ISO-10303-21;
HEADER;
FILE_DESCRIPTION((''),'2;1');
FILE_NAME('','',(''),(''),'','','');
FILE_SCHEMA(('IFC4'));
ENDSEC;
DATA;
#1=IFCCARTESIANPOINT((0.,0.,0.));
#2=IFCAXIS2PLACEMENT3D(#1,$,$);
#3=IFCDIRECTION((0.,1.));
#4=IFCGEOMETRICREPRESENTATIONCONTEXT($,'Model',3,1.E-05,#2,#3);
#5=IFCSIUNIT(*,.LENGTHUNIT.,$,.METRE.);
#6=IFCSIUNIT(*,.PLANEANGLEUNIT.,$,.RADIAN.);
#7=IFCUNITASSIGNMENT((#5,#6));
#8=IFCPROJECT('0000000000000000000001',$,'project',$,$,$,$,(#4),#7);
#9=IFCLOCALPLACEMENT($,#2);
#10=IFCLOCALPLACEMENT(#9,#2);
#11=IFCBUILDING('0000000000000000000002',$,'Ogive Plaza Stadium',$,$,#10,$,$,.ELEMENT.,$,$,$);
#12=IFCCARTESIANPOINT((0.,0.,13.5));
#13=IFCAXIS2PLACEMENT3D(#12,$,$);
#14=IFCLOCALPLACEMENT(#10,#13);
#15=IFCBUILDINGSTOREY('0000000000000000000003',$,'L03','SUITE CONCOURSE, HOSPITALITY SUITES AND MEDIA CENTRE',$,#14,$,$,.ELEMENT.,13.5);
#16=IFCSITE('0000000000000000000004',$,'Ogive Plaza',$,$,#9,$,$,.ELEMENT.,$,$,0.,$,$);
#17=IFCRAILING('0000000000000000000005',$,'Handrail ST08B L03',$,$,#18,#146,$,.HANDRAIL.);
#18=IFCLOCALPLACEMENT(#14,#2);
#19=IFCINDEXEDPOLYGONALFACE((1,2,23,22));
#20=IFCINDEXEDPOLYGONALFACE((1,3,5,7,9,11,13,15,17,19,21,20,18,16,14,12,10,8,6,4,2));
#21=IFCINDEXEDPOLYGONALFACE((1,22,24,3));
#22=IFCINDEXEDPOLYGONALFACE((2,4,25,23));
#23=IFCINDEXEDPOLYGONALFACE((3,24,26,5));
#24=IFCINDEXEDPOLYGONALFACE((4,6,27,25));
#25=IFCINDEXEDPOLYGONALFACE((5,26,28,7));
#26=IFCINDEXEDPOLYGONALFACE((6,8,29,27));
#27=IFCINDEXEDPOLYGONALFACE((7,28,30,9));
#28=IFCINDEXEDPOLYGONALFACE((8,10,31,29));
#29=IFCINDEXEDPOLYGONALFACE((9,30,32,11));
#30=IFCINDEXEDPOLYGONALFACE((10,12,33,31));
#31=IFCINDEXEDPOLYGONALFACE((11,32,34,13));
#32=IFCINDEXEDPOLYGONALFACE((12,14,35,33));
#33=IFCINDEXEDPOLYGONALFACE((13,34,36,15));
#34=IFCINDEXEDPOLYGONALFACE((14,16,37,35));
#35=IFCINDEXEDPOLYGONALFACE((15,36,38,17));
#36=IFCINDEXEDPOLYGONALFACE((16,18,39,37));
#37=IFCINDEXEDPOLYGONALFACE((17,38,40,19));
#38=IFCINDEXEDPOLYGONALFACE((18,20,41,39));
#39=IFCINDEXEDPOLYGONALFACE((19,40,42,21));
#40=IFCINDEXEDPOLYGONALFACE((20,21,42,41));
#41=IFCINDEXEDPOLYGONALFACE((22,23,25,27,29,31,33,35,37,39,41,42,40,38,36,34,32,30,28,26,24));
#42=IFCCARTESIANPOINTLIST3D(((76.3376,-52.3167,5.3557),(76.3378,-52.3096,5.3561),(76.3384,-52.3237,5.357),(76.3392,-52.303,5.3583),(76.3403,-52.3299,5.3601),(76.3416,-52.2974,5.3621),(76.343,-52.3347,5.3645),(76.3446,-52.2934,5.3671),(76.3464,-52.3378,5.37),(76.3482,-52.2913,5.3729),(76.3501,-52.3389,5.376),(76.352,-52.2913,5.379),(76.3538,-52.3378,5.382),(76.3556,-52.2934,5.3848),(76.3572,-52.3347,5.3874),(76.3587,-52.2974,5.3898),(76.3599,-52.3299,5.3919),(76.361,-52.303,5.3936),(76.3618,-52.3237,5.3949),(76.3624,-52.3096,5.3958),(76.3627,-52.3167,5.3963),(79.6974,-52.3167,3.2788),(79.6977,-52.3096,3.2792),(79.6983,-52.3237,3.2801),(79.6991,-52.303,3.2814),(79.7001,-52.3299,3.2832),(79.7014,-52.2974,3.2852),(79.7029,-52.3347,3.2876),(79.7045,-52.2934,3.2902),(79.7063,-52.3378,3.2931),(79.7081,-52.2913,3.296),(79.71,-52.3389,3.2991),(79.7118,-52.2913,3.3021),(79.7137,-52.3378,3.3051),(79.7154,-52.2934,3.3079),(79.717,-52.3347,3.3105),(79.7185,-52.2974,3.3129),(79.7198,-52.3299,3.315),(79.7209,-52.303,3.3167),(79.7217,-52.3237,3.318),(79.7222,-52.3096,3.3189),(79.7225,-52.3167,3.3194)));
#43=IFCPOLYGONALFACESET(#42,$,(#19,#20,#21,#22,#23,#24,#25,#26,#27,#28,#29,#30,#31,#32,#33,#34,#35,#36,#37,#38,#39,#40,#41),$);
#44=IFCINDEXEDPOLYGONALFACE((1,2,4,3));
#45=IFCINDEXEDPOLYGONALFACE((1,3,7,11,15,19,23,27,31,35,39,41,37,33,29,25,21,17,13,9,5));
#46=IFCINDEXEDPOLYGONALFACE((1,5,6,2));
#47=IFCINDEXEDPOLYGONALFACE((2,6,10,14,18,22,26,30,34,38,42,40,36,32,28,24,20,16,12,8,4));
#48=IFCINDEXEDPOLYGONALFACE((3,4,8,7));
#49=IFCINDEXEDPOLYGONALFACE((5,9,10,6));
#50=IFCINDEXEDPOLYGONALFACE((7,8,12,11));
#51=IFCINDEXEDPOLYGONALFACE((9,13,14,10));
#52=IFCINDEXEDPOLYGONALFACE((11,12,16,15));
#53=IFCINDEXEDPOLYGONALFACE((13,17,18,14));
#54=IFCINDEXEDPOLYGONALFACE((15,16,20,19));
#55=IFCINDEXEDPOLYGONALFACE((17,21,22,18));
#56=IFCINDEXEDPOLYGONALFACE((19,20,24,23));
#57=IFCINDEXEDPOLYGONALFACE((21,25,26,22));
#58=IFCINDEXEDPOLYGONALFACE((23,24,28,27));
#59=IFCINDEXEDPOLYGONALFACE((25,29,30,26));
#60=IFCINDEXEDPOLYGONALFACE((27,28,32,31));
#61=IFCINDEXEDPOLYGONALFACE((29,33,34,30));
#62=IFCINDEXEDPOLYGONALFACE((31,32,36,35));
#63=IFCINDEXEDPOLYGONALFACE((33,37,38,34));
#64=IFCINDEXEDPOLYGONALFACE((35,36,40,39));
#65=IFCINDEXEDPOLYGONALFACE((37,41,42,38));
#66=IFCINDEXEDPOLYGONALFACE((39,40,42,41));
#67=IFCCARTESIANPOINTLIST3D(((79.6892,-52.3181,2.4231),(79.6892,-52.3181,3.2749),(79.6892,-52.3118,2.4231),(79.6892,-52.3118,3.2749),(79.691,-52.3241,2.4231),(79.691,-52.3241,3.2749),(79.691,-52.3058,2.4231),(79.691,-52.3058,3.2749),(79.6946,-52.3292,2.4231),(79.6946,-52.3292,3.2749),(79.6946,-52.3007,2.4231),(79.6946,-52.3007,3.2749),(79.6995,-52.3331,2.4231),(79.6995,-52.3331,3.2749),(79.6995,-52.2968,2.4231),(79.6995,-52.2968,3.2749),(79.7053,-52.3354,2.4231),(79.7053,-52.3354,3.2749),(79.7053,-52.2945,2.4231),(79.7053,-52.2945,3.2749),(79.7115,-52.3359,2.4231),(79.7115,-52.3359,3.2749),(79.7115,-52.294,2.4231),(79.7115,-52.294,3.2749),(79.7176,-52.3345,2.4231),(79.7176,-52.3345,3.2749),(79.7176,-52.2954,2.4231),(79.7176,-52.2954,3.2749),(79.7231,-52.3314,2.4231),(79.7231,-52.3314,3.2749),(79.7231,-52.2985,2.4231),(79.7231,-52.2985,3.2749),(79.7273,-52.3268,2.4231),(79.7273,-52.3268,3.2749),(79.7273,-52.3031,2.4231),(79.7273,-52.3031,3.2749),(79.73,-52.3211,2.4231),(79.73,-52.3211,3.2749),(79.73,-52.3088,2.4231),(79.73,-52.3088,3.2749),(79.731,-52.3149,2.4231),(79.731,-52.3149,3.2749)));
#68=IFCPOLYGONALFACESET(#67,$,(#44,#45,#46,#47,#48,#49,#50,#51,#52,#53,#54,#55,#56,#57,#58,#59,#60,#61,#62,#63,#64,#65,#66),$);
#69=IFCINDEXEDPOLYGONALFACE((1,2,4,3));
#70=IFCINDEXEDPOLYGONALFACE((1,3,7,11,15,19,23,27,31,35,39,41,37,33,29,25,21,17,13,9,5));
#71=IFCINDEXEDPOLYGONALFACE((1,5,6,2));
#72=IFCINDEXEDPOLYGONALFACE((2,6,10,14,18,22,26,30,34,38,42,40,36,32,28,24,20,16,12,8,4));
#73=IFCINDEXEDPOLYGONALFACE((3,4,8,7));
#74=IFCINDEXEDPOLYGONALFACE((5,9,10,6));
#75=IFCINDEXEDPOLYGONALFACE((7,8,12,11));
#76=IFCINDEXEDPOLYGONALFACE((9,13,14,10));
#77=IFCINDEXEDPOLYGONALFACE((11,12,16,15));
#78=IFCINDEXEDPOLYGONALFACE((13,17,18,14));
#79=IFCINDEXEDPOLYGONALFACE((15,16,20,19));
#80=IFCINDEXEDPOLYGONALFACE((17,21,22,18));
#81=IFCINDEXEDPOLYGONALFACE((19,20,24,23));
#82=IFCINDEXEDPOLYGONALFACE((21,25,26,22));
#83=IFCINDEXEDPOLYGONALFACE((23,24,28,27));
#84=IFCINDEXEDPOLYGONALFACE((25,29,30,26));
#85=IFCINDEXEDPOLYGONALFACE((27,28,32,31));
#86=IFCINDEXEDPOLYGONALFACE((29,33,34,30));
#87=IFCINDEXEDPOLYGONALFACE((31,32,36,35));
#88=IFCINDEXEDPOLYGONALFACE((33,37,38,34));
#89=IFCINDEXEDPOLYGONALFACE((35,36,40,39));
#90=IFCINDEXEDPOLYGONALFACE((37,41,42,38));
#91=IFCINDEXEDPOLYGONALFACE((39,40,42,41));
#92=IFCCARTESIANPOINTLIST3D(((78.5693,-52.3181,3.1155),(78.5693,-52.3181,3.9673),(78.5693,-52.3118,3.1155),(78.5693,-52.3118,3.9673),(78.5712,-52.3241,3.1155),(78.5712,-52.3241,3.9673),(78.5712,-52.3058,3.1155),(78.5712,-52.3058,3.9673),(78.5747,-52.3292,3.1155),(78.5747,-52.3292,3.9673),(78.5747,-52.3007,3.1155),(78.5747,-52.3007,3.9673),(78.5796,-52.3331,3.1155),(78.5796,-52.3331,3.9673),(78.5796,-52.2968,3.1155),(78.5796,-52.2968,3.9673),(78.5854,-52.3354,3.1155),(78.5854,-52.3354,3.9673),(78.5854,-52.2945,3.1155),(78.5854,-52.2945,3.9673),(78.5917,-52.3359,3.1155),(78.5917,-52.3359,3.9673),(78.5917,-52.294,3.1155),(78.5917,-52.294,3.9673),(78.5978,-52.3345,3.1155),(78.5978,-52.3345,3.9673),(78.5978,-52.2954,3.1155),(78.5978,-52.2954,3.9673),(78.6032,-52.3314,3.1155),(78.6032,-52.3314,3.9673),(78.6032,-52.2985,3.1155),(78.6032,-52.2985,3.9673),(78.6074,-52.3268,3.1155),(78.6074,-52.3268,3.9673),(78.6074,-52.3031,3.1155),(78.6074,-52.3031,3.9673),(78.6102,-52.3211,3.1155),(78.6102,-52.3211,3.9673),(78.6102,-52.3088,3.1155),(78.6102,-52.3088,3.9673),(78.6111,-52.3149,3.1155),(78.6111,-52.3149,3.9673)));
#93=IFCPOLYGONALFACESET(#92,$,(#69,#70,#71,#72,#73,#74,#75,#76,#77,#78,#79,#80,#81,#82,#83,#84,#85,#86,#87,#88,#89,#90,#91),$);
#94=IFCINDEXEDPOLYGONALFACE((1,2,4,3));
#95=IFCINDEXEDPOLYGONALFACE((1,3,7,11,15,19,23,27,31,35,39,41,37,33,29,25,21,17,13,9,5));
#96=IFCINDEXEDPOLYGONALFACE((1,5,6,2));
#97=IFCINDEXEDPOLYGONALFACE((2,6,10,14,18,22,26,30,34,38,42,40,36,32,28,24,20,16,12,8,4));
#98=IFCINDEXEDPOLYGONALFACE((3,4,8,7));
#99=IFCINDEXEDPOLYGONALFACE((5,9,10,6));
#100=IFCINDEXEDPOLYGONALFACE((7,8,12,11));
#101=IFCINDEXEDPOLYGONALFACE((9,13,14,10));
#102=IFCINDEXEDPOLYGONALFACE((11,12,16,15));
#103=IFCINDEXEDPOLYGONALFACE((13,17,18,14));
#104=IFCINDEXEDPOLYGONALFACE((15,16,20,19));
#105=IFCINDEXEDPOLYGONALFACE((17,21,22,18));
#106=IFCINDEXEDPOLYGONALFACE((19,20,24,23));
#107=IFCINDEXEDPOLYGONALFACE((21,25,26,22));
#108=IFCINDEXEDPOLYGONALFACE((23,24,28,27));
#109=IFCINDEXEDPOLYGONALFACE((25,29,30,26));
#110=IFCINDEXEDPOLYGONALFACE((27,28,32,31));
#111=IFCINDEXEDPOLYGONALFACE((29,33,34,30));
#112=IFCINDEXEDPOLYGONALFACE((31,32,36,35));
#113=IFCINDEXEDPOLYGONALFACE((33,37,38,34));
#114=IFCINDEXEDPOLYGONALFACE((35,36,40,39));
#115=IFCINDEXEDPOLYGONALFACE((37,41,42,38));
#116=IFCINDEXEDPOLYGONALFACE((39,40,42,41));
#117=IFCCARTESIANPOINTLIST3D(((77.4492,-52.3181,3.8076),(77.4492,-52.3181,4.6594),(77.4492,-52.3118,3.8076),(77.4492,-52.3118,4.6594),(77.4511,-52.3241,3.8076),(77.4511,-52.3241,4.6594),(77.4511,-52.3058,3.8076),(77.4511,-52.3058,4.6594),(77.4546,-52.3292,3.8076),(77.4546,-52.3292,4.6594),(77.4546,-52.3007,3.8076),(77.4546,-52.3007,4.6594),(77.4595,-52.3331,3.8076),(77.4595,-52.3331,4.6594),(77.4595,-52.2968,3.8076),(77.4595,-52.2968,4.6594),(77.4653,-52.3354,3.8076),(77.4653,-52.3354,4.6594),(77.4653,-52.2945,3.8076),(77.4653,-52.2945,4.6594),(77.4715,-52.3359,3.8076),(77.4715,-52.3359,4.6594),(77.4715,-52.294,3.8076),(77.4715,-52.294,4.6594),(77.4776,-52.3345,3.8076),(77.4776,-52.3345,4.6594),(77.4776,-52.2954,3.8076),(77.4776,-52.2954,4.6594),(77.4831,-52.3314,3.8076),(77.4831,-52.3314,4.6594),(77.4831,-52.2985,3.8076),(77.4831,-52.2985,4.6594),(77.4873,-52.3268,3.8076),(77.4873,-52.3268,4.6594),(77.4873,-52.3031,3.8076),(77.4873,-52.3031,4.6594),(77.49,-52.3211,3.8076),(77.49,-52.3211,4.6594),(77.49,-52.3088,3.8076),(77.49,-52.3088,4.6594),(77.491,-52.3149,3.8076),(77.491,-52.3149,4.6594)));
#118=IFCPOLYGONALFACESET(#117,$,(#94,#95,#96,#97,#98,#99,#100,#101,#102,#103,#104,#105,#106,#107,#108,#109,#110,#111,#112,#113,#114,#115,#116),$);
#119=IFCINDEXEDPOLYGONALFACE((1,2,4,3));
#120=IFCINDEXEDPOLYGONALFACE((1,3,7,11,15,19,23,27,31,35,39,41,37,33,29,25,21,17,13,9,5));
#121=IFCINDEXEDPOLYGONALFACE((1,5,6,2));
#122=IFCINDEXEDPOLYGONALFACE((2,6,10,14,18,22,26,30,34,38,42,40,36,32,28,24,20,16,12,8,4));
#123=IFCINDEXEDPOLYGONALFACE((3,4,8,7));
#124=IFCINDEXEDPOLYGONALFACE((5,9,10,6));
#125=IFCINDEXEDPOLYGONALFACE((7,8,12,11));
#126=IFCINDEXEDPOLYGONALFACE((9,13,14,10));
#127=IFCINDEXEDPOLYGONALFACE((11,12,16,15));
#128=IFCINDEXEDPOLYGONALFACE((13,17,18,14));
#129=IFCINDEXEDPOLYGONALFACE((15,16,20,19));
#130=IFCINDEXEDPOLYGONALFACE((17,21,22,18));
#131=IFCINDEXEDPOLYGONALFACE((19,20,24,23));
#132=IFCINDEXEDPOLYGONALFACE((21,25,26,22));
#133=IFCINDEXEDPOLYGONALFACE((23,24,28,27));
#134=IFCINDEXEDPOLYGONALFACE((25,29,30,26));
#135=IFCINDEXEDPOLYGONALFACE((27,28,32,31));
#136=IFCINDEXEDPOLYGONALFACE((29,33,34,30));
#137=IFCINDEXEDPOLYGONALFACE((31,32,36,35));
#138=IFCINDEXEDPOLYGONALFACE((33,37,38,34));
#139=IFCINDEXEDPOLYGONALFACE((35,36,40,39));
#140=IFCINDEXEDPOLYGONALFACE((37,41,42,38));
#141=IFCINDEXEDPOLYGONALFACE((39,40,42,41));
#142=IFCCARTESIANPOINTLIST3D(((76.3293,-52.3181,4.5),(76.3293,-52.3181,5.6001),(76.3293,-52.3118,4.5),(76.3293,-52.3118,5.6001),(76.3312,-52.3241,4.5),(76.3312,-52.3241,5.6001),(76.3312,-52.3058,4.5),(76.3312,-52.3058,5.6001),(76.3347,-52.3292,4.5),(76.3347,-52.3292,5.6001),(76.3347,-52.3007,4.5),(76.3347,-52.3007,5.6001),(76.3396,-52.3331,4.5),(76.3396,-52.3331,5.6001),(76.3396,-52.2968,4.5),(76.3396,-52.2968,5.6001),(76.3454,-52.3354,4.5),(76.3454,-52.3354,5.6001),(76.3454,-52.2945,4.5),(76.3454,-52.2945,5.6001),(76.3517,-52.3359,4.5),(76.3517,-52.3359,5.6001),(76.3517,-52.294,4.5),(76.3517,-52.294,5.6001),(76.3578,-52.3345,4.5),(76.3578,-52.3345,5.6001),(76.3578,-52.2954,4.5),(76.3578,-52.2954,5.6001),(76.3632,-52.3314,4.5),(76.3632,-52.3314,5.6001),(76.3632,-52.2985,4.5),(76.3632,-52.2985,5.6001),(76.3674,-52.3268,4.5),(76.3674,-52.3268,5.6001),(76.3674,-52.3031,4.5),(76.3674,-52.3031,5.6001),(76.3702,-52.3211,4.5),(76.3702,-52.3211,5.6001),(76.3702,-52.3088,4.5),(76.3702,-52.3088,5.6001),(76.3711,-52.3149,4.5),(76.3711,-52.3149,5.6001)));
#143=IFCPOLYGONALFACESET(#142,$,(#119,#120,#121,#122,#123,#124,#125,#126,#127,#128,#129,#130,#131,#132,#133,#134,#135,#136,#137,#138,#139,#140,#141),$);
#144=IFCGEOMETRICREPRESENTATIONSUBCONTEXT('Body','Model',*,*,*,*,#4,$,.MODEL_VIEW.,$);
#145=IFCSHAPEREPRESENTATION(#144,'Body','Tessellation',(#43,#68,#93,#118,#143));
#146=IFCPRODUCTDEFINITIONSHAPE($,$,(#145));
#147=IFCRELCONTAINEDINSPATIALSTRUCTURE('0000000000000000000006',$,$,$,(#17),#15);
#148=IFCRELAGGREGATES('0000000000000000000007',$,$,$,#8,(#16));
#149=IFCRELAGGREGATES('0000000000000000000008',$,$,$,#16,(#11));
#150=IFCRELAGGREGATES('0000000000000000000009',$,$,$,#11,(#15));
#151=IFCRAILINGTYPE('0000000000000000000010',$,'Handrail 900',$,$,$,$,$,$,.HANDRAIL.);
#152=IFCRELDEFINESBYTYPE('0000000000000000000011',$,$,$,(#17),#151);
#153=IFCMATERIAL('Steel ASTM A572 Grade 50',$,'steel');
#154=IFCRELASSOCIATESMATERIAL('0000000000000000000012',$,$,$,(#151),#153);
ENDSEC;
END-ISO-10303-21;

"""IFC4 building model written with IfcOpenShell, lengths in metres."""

from ifc_helpers import new_model, si_unit, direction, frame, origin, origin_2d, place, context, subcontext, project, spatial, circle, extrude, material, type_object, element, save


model = new_model("IFC4")

# Units and contexts
model_context = context("Model", 3, precision=1e-05, world=origin(), true_north=direction((0.0, 1.0)))
body_context = subcontext(model_context, "Body", "Model", "MODEL_VIEW")
ifc_project = project(units=[si_unit("LENGTHUNIT", "METRE"), si_unit("PLANEANGLEUNIT", "RADIAN")], contexts=[model_context])

# Site, building, storey
site_placement = place(None, origin())
site = spatial("IfcSite", under=ifc_project, at=site_placement, Name="Ogive Plaza", CompositionType="ELEMENT", RefElevation=0.0)
building_placement = place(site_placement, origin())
building = spatial("IfcBuilding", under=site, at=building_placement, Name="Ogive Plaza Stadium", CompositionType="ELEMENT")
storey_placement = place(building_placement, frame((0.0, 0.0, 13.5)))
storey = spatial("IfcBuildingStorey", under=building, at=storey_placement, Name="L03", Description="SUITE CONCOURSE, HOSPITALITY SUITES AND MEDIA CENTRE", CompositionType="ELEMENT", Elevation=13.5)

# Railing
ifc_material_1 = material(Name="Steel ASTM A572 Grade 50", Category="steel")
railing_type_1 = type_object("IfcRailingType", Name="Handrail 900", PredefinedType="HANDRAIL", material=ifc_material_1)
for number, where, name in (
    (1, (79.71, -52.3149, 2.4231), "Handrail ST08B L03"),
):
    element("IfcRailing", number, at=place(storey_placement, frame(where)), inside=storey, type_object=railing_type_1, Name=name, PredefinedType="HANDRAIL", context=body_context, shape_type="SweptSolid", body=[
        extrude(circle(Radius=0.0239, at=origin_2d()), frame((0.0, 0.0, 0.876), z_axis=(-0.850606, 0.0, 0.525803), x_axis=(0.0, -1.0, 0.0)), (0.0, 0.0, 1.0), 3.95),
        extrude(circle(Radius=0.021, at=origin_2d()), origin(), (0.0, 0.0, 1.0), 0.8518),
        extrude(circle(Radius=0.021, at=origin_2d()), frame((-1.1199, 0.0, 0.6924)), (0.0, 0.0, 1.0), 0.8518),
        extrude(circle(Radius=0.021, at=origin_2d()), frame((-2.24, 0.0, 1.3845)), (0.0, 0.0, 1.0), 0.8518),
        extrude(circle(Radius=0.021, at=origin_2d()), frame((-3.3599, 0.0, 2.0769)), (0.0, 0.0, 1.0), 1.1001),
    ])

save(model, "model.ifc")
